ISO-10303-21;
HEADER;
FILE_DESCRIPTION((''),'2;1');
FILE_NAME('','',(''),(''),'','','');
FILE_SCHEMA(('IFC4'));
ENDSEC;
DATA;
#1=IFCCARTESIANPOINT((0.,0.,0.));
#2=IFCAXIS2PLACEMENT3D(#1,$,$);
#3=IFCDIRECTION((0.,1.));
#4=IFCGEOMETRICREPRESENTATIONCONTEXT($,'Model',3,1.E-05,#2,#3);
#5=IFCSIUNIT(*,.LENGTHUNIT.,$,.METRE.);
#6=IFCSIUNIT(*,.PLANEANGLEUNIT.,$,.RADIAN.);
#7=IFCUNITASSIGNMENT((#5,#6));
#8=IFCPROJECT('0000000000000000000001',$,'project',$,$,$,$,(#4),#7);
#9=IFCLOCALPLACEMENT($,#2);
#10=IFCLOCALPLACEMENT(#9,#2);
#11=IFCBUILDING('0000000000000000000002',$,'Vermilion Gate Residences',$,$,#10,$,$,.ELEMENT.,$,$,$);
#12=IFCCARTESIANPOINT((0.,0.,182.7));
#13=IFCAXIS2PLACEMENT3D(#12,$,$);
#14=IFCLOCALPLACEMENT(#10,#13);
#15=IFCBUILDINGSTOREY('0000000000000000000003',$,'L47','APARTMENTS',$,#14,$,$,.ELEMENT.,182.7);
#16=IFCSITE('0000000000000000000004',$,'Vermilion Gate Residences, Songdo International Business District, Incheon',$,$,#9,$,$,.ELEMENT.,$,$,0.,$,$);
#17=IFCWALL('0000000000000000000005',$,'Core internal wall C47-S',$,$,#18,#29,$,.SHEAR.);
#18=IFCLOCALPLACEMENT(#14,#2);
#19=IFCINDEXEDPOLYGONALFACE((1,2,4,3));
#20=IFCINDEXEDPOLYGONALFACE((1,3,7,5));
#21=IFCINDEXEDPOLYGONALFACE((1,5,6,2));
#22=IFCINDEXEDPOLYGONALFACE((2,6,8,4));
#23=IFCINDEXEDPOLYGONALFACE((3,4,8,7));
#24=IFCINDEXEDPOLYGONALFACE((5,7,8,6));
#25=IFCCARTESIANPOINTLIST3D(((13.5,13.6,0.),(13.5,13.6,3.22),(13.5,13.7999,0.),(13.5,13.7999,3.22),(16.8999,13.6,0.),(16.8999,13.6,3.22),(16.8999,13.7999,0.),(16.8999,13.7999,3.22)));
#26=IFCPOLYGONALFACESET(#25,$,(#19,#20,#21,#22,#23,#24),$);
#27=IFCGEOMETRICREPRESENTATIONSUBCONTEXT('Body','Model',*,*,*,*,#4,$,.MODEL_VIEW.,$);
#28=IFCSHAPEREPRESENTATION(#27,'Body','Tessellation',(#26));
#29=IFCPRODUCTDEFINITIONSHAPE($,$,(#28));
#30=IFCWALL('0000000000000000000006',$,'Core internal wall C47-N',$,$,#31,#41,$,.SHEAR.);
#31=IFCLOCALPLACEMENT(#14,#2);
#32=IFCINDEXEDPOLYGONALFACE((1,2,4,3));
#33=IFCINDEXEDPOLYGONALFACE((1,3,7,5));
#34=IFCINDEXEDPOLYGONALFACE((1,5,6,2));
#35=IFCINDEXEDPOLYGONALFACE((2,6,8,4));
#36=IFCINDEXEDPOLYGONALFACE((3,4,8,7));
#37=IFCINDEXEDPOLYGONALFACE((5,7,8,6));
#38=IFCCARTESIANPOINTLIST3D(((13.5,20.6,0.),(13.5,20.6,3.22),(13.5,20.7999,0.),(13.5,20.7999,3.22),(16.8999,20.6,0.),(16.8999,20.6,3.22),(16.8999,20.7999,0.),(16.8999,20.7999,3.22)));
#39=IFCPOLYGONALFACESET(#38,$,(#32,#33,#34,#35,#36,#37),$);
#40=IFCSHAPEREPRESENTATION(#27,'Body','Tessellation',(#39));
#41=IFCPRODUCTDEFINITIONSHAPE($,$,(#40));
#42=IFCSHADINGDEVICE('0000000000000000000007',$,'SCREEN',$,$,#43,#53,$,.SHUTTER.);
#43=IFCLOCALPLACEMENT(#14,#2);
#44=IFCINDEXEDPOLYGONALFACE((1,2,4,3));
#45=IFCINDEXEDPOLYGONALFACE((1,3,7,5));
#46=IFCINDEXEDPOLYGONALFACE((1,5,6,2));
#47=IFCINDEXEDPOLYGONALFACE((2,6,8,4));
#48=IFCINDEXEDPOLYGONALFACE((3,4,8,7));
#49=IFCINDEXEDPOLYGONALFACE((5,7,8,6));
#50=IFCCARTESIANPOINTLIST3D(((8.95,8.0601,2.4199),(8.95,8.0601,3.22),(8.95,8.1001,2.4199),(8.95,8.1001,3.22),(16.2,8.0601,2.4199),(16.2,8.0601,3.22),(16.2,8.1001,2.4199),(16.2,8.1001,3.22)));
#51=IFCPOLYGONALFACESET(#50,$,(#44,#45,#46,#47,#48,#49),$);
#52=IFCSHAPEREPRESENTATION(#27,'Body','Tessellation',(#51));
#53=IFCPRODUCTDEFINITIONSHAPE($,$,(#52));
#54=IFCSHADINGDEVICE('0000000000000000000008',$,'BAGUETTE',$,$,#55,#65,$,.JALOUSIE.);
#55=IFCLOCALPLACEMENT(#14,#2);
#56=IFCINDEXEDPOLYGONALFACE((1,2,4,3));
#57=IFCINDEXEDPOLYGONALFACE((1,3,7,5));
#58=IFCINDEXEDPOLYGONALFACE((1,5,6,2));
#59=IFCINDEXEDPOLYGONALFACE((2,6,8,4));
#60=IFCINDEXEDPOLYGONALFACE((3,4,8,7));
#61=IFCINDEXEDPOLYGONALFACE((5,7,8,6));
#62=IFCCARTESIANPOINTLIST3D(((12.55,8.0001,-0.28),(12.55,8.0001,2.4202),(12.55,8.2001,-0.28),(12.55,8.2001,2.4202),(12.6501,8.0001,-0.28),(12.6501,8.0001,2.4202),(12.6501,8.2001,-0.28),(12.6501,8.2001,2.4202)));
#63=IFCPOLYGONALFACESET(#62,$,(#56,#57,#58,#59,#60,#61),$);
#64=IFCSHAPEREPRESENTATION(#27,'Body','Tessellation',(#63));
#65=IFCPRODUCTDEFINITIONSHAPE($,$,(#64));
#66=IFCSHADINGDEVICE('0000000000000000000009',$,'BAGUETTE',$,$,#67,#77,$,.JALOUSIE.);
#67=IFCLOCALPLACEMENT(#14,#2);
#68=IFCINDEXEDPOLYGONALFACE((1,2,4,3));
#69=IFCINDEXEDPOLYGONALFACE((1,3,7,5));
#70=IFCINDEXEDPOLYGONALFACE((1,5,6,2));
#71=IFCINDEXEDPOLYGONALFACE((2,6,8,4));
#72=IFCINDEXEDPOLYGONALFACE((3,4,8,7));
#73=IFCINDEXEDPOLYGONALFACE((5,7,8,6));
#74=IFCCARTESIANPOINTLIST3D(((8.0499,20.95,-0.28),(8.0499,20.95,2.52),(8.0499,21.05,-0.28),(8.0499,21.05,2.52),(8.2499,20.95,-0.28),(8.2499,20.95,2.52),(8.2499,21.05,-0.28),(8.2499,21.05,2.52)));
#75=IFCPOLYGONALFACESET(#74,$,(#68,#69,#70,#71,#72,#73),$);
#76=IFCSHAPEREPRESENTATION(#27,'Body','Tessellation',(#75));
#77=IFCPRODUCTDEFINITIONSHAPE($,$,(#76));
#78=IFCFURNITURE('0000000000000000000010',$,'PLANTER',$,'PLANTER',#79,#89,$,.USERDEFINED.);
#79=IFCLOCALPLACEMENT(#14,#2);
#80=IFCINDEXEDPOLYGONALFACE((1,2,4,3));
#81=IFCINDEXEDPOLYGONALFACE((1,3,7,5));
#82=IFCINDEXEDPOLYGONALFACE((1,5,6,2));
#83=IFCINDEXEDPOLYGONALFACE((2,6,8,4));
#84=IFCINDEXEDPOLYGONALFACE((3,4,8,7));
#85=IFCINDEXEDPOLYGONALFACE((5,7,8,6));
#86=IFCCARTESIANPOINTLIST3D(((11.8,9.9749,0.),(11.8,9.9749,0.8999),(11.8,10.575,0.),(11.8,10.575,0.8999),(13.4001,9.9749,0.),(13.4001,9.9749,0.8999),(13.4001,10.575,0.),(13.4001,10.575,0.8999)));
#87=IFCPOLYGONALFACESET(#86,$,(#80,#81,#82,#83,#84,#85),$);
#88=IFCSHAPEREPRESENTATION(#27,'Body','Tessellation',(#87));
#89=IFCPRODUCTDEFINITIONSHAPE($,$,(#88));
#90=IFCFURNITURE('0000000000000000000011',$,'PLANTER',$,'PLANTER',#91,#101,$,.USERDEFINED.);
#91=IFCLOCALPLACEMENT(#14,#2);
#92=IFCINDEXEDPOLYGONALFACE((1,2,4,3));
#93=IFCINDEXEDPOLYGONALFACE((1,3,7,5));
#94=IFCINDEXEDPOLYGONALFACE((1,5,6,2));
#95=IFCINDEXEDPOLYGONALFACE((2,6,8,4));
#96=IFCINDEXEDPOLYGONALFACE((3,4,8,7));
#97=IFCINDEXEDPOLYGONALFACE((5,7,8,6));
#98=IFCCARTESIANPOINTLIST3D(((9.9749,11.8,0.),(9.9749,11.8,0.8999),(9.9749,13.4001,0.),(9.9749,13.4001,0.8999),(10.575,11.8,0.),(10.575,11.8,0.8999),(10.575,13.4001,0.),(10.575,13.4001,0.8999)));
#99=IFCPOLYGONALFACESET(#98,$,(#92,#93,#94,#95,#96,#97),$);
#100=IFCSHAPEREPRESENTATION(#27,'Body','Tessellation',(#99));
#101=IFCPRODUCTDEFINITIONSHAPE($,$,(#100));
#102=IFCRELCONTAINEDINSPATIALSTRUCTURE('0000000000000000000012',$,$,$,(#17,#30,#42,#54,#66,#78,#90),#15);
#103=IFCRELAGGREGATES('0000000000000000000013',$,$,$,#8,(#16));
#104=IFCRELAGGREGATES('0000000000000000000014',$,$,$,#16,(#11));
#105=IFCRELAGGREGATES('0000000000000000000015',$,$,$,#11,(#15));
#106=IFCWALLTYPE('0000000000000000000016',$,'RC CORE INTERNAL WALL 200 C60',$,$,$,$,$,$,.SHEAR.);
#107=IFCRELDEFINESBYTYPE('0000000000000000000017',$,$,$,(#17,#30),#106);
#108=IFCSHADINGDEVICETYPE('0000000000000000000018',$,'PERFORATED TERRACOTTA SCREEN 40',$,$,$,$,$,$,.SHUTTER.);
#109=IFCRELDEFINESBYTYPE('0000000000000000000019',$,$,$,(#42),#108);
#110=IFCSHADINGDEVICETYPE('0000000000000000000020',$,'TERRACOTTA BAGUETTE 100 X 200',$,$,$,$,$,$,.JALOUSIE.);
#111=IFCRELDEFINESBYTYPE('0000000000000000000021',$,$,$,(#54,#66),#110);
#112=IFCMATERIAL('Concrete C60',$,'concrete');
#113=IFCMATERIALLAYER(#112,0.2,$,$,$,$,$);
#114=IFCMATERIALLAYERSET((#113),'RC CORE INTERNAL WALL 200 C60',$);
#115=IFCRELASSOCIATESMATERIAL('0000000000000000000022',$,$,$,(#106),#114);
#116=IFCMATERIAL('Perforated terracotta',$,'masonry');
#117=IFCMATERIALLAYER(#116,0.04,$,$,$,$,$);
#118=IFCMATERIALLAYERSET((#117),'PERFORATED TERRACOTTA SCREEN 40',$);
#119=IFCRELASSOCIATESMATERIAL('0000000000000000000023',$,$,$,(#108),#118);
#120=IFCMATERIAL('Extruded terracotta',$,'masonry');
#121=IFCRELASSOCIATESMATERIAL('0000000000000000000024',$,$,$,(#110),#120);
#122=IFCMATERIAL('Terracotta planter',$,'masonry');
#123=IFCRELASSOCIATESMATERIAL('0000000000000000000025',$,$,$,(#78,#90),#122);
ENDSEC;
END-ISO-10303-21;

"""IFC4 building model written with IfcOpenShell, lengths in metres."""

from ifc_helpers import new_model, si_unit, direction, frame, frame_2d, origin, origin_2d, place, context, subcontext, project, spatial, rectangle, extrude, material, layer, layer_set, material_profile, profile_set, type_object, element, save


model = new_model("IFC4")

# Units and contexts
model_context = context("Model", 3, precision=1e-05, world=origin(), true_north=direction((0.0, 1.0)))
body_context = subcontext(model_context, "Body", "Model", "MODEL_VIEW")
ifc_project = project(units=[si_unit("LENGTHUNIT", "METRE"), si_unit("PLANEANGLEUNIT", "RADIAN")], contexts=[model_context])

# Site, building, storey
site_placement = place(None, origin())
site = spatial("IfcSite", under=ifc_project, at=site_placement, Name="Vermilion Gate Residences, Songdo International Business District, Incheon", CompositionType="ELEMENT", RefElevation=0.0)
building_placement = place(site_placement, origin())
building = spatial("IfcBuilding", under=site, at=building_placement, Name="Vermilion Gate Residences", CompositionType="ELEMENT")
storey_placement = place(building_placement, frame((0.0, 0.0, 182.7)))
storey = spatial("IfcBuildingStorey", under=building, at=storey_placement, Name="L47", Description="APARTMENTS", CompositionType="ELEMENT", Elevation=182.7)

# Walls
ifc_material_1 = material(Name="Concrete C60", Category="concrete")
ifc_layer_1 = layer(ifc_material_1, 0.2)
ifc_layer_set_1 = layer_set([ifc_layer_1], Name="RC CORE INTERNAL WALL 200 C60")
wall_type_1 = type_object("IfcWallType", Name="RC CORE INTERNAL WALL 200 C60", PredefinedType="SHEAR", material=ifc_layer_set_1)
for number, where, z_axis, x_axis, name in (
    (1, (13.5, 13.7, 0.0), (0.0, 0.0, 1.0), (1.0, 0.0, 0.0), "Core internal wall C47-S"),
    (2, (13.5, 20.7, 0.0), (0.0, 0.0, 1.0), (1.0, 0.0, 0.0), "Core internal wall C47-N"),
):
    element("IfcWall", number, at=place(storey_placement, frame(where, z_axis=z_axis, x_axis=x_axis)), inside=storey, type_object=wall_type_1, Name=name, PredefinedType="SHEAR", context=body_context, shape_type="SweptSolid", body=[
        extrude(rectangle(XDim=3.3999, YDim=0.2, at=frame_2d((1.7, 0.0))), origin(), (0.0, 0.0, 1.0), 3.22),
    ])

# Shading devices
ifc_material_2 = material(Name="Perforated terracotta", Category="masonry")
ifc_layer_2 = layer(ifc_material_2, 0.04)
ifc_layer_set_2 = layer_set([ifc_layer_2], Name="PERFORATED TERRACOTTA SCREEN 40")
shading_device_type_1 = type_object("IfcShadingDeviceType", Name="PERFORATED TERRACOTTA SCREEN 40", PredefinedType="SHUTTER", material=ifc_layer_set_2)
shading_device_1_placement = place(storey_placement, frame((12.575, 8.0801, 2.4199), z_axis=(0.0, 0.0, 1.0), x_axis=(1.0, 0.0, 0.0)))
element("IfcShadingDevice", 3, at=shading_device_1_placement, inside=storey, type_object=shading_device_type_1, Name="SCREEN", PredefinedType="SHUTTER", context=body_context, shape_type="SweptSolid", body=[
    extrude(rectangle(XDim=7.25, YDim=0.04, at=origin_2d()), origin(), (0.0, 0.0, 1.0), 0.8),
])
ifc_material_3 = material(Name="Extruded terracotta", Category="masonry")
ifc_material_profile_1 = material_profile(ifc_material_3, rectangle(XDim=0.2, YDim=0.1001, at=origin_2d()), Name="BAGUETTE 100 X 200")
ifc_profile_set_1 = profile_set([ifc_material_profile_1], Name="Extruded terracotta")
shading_device_type_2 = type_object("IfcShadingDeviceType", Name="TERRACOTTA BAGUETTE 100 X 200", PredefinedType="JALOUSIE", material=ifc_profile_set_1)
shading_device_2_placement = place(storey_placement, frame((12.6001, 8.1001, -0.28), z_axis=(0.0, 0.0, 1.0), x_axis=(0.0, 1.0, 0.0)))
element("IfcShadingDevice", 4, at=shading_device_2_placement, inside=storey, type_object=shading_device_type_2, Name="BAGUETTE", PredefinedType="JALOUSIE", context=body_context, shape_type="SweptSolid", body=[
    extrude(rectangle(XDim=0.2, YDim=0.1001, at=origin_2d()), origin(), (0.0, 0.0, 1.0), 2.7002),
])
shading_device_3_placement = place(storey_placement, frame((8.1499, 21.0, -0.28), z_axis=(0.0, 0.0, 1.0), x_axis=(1.0, 0.0, 0.0)))
element("IfcShadingDevice", 5, at=shading_device_3_placement, inside=storey, type_object=shading_device_type_2, Name="BAGUETTE", PredefinedType="JALOUSIE", context=body_context, shape_type="SweptSolid", body=[
    extrude(rectangle(XDim=0.2, YDim=0.1001, at=origin_2d()), origin(), (0.0, 0.0, 1.0), 2.8),
])

# Furniture
ifc_material_4 = material(Name="Terracotta planter", Category="masonry")
for number, where, z_axis, x_axis, name in (
    (6, (12.6001, 10.2749, 0.0), (0.0, 0.0, 1.0), (1.0, 0.0, 0.0), "PLANTER"),
    (7, (10.2749, 12.6001, 0.0), (0.0, 0.0, 1.0), (0.0, -1.0, 0.0), "PLANTER"),
):
    element("IfcFurniture", number, at=place(storey_placement, frame(where, z_axis=z_axis, x_axis=x_axis)), inside=storey, material=ifc_material_4, Name=name, ObjectType="PLANTER", PredefinedType="USERDEFINED", context=body_context, shape_type="SweptSolid", body=[
        extrude(rectangle(XDim=1.6001, YDim=0.6001, at=origin_2d()), origin(), (0.0, 0.0, 1.0), 0.8999),
    ])

save(model, "model.ifc")
